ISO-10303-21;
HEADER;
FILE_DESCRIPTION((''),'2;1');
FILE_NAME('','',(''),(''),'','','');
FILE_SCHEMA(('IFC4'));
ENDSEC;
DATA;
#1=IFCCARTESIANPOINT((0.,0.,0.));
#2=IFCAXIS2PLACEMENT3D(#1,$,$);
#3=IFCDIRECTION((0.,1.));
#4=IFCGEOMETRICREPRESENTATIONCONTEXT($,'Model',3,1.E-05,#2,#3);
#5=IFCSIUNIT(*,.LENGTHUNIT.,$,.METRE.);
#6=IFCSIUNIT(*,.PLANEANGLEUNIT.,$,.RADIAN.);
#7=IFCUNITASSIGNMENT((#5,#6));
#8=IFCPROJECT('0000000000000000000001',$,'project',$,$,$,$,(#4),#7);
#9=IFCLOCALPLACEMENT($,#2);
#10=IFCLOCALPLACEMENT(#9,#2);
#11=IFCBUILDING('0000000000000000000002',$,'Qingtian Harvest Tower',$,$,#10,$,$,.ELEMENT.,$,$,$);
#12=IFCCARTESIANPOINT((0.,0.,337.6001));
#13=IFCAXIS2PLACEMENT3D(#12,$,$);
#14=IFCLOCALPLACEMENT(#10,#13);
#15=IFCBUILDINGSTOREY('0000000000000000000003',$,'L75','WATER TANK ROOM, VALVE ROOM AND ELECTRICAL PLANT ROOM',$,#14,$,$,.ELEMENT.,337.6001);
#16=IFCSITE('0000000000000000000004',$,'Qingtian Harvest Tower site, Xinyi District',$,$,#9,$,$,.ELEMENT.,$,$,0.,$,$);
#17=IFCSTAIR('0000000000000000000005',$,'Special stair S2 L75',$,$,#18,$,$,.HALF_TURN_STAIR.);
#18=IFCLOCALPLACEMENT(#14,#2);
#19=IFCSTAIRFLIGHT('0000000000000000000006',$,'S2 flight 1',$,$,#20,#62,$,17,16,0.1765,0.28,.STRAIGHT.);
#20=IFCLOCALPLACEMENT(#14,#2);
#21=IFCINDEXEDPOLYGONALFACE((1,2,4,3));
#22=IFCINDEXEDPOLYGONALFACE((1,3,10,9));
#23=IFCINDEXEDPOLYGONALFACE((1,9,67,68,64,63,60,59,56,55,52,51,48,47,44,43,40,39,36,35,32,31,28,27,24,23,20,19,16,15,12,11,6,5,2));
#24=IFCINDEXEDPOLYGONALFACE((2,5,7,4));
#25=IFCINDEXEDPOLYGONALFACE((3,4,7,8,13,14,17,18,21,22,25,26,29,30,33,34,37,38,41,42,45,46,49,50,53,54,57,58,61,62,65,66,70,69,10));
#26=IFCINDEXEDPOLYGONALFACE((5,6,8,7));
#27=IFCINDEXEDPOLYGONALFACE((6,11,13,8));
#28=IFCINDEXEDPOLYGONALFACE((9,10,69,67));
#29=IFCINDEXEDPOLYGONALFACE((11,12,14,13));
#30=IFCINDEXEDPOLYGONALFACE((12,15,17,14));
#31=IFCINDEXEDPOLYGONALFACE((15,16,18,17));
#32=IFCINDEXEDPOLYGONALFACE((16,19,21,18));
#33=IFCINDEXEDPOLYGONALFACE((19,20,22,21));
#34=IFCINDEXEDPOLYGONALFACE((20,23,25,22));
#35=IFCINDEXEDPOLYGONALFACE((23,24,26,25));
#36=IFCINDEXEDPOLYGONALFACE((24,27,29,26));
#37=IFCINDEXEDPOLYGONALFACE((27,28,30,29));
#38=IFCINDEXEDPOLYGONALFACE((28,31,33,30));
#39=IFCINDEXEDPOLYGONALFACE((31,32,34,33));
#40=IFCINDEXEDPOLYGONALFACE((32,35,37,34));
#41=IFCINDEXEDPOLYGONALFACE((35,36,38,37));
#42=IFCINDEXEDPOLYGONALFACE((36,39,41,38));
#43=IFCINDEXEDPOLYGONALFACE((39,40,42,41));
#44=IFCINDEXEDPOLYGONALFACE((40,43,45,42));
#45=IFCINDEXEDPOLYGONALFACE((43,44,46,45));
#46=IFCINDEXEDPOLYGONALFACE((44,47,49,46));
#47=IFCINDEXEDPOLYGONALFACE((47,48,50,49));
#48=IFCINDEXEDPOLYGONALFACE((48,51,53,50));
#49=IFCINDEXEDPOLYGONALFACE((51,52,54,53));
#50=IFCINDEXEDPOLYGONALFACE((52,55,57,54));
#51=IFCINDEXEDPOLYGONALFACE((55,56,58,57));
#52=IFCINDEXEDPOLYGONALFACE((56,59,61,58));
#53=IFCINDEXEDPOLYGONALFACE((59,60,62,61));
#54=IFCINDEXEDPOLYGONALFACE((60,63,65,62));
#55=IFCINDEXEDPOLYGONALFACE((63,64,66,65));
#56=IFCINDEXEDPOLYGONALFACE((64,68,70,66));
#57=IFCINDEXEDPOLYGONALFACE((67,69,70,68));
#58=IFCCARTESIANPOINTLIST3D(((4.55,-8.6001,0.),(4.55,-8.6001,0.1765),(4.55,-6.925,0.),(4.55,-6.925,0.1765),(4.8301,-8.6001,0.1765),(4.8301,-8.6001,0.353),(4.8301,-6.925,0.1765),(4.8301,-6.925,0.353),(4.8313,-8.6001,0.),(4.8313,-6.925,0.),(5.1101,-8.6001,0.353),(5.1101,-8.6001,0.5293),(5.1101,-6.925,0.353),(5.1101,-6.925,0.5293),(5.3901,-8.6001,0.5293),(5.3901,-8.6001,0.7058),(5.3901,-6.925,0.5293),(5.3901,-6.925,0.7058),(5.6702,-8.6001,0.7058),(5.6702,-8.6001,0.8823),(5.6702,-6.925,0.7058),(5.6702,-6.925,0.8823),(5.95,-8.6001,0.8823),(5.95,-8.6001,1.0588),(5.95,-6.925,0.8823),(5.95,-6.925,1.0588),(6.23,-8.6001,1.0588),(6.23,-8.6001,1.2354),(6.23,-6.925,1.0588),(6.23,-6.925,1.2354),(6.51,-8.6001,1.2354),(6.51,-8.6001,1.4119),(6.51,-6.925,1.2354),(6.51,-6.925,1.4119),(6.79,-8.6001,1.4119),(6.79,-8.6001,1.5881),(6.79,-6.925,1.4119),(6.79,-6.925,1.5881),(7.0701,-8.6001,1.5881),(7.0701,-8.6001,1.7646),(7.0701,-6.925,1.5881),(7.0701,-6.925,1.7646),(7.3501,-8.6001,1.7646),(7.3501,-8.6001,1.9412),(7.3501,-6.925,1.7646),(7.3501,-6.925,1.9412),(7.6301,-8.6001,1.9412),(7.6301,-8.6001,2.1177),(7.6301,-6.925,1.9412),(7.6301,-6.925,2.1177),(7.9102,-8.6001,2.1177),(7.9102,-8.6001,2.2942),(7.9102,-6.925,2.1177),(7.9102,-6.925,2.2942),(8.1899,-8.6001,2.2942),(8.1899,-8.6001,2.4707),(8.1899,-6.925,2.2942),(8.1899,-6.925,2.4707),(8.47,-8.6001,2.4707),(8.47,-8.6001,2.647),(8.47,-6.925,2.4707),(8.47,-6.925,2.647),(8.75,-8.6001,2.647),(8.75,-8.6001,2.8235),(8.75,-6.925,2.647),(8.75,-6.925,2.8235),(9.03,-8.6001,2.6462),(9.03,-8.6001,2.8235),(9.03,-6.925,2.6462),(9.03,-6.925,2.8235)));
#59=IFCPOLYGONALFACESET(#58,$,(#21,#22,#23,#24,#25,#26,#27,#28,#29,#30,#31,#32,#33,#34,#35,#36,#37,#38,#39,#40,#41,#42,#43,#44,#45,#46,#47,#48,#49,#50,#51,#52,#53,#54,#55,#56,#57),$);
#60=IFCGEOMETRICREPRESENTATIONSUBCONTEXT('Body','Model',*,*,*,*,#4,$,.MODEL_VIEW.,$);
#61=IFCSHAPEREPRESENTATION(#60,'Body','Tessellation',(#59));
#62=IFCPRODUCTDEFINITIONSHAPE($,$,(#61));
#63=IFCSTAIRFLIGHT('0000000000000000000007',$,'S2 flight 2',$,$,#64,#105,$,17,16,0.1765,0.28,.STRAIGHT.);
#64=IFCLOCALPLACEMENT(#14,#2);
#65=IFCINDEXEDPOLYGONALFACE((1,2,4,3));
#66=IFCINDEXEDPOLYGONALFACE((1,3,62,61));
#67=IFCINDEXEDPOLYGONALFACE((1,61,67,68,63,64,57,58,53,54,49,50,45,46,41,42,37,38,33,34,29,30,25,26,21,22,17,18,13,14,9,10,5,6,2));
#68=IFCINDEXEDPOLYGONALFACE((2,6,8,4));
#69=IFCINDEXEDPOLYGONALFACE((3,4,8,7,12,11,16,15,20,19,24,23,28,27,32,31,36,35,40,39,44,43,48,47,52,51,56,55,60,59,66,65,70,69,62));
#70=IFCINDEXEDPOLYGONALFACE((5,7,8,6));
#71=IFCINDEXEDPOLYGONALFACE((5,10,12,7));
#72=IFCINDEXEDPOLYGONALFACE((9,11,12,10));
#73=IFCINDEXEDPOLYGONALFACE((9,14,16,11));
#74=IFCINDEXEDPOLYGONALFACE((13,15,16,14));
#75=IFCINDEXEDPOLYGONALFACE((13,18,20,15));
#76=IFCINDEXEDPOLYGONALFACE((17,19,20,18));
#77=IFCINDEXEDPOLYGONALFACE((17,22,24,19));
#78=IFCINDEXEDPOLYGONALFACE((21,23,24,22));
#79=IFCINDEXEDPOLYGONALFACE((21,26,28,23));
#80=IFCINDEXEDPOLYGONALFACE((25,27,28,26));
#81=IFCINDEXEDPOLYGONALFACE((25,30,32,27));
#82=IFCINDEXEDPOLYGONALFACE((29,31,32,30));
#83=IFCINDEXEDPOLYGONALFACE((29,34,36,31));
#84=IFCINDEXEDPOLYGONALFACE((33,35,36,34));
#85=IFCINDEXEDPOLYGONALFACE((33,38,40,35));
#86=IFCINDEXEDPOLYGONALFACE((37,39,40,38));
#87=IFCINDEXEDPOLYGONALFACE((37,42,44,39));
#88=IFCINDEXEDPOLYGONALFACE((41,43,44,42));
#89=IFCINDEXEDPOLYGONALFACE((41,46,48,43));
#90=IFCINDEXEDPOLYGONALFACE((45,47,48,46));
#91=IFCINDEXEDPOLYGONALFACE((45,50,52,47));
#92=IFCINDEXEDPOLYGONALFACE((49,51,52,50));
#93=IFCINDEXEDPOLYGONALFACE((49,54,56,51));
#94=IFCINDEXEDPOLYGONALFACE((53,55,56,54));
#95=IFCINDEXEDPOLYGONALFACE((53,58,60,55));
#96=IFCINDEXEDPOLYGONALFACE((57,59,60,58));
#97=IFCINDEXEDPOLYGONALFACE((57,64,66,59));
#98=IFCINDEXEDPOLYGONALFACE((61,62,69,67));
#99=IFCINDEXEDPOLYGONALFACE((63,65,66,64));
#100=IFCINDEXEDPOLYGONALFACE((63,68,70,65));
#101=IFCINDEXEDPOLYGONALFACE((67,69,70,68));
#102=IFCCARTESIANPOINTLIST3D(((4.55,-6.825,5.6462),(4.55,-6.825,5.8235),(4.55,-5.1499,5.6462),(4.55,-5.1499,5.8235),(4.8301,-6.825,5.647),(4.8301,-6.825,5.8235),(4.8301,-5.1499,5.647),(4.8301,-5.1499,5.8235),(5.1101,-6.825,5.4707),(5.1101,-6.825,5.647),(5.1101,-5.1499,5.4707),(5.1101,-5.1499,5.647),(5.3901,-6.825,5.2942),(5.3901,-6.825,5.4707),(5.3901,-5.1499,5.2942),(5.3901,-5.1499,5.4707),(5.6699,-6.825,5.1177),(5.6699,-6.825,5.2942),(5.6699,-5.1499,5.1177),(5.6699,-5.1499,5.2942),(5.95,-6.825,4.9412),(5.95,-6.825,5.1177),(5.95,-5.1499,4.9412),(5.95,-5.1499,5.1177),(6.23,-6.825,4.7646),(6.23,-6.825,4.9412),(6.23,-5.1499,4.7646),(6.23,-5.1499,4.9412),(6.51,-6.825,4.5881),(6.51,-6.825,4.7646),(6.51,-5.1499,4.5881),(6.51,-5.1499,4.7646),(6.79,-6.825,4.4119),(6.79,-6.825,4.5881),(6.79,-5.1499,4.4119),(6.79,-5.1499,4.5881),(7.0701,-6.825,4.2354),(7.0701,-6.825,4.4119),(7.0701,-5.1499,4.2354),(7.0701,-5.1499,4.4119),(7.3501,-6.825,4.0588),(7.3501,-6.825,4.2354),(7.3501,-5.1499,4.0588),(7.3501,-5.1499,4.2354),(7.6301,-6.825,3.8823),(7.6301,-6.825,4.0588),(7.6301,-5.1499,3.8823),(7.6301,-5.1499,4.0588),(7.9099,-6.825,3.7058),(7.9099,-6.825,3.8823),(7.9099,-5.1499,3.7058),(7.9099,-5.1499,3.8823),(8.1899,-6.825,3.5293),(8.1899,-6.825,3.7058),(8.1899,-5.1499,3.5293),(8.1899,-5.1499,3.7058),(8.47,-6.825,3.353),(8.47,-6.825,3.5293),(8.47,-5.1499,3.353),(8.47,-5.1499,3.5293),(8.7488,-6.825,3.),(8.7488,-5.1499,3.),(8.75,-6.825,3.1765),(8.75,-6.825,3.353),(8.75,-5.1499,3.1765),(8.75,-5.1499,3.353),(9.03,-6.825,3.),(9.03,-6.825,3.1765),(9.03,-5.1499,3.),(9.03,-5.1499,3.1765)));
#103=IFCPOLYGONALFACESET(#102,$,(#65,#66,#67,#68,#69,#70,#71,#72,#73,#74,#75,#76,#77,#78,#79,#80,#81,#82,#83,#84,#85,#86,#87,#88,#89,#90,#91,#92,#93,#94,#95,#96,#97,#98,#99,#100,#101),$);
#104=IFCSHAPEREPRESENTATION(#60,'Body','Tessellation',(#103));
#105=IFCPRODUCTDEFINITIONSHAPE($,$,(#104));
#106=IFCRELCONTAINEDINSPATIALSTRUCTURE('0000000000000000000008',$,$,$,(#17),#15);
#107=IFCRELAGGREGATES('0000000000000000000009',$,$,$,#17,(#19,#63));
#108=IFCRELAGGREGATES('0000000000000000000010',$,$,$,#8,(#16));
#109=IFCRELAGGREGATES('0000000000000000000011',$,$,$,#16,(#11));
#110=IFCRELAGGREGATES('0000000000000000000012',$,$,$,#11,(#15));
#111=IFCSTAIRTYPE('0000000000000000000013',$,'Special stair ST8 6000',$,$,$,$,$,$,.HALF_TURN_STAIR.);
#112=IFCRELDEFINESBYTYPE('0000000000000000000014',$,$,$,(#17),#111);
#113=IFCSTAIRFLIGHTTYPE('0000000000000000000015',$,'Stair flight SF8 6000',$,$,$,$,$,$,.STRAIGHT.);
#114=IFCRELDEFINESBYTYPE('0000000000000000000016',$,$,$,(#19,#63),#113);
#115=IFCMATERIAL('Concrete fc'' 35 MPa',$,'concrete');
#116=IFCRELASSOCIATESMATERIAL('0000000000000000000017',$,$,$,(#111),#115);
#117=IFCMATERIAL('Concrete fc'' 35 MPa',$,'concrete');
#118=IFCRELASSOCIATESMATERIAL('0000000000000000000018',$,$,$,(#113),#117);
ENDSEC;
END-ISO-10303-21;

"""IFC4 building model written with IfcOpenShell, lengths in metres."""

from ifc_helpers import new_model, si_unit, direction, frame, origin, place, context, subcontext, project, spatial, polyline, outline, extrude, material, type_object, element, aggregate, save


model = new_model("IFC4")

# Units and contexts
model_context = context("Model", 3, precision=1e-05, world=origin(), true_north=direction((0.0, 1.0)))
body_context = subcontext(model_context, "Body", "Model", "MODEL_VIEW")
ifc_project = project(units=[si_unit("LENGTHUNIT", "METRE"), si_unit("PLANEANGLEUNIT", "RADIAN")], contexts=[model_context])

# Site, building, storey
site_placement = place(None, origin())
site = spatial("IfcSite", under=ifc_project, at=site_placement, Name="Qingtian Harvest Tower site, Xinyi District", CompositionType="ELEMENT", RefElevation=0.0)
building_placement = place(site_placement, origin())
building = spatial("IfcBuilding", under=site, at=building_placement, Name="Qingtian Harvest Tower", CompositionType="ELEMENT")
storey_placement = place(building_placement, frame((0.0, 0.0, 337.6001)))
storey = spatial("IfcBuildingStorey", under=building, at=storey_placement, Name="L75", Description="WATER TANK ROOM, VALVE ROOM AND ELECTRICAL PLANT ROOM", CompositionType="ELEMENT", Elevation=337.6001)

# Stair, stair flights
ifc_material_1 = material(Name="Concrete fc' 35 MPa", Category="concrete")
stair_type = type_object("IfcStairType", Name="Special stair ST8 6000", PredefinedType="HALF_TURN_STAIR", material=ifc_material_1)
stair_placement = place(storey_placement, origin())
stair = element("IfcStair", 1, at=stair_placement, inside=storey, type_object=stair_type, Name="Special stair S2 L75", PredefinedType="HALF_TURN_STAIR")
ifc_material_2 = material(Name="Concrete fc' 35 MPa", Category="concrete")
stair_flight_type = type_object("IfcStairFlightType", Name="Stair flight SF8 6000", PredefinedType="STRAIGHT", material=ifc_material_2)
stair_flight_1_placement = place(storey_placement, frame((4.55, -7.7625, 0.0), z_axis=(0.0, 0.0, 1.0), x_axis=(1.0, 0.0, 0.0)))
stair_flight_1 = element("IfcStairFlight", 2, at=stair_flight_1_placement, type_object=stair_flight_type, Name="S2 flight 1", NumberOfRisers=17, NumberOfTreads=16, PredefinedType="STRAIGHT", RiserHeight=0.1765, TreadLength=0.28, context=body_context, shape_type="SweptSolid", body=[
    extrude(outline(polyline([(0.0, 0.0), (0.0, 0.1765), (0.28, 0.1765), (0.28, 0.353), (0.5601, 0.353), (0.5601, 0.5293), (0.8401, 0.5293), (0.8401, 0.7058), (1.1201, 0.7058), (1.1201, 0.8823), (1.3999, 0.8823), (1.3999, 1.0588), (1.6799, 1.0588), (1.6799, 1.2354), (1.96, 1.2354), (1.96, 1.4119), (2.24, 1.4119), (2.24, 1.5881), (2.52, 1.5881), (2.52, 1.7646), (2.8, 1.7646), (2.8, 1.9412), (3.0801, 1.9412), (3.0801, 2.1177), (3.3601, 2.1177), (3.3601, 2.2942), (3.6399, 2.2942), (3.6399, 2.4707), (3.9199, 2.4707), (3.9199, 2.647), (4.2, 2.647), (4.2, 2.8235), (4.48, 2.8235), (4.48, 3.0), (4.48, 2.6462), (0.2812, 0.0), (0.0, 0.0)])), frame((0.0, 0.8374, 0.0), z_axis=(0.0, -1.0, 0.0), x_axis=(1.0, 0.0, 0.0)), (0.0, 0.0, 1.0), 1.675),
])
stair_flight_2_placement = place(storey_placement, frame((9.03, -5.9875, 3.0), z_axis=(0.0, 0.0, 1.0), x_axis=(-1.0, 0.0, 0.0)))
stair_flight_2 = element("IfcStairFlight", 3, at=stair_flight_2_placement, type_object=stair_flight_type, Name="S2 flight 2", NumberOfRisers=17, NumberOfTreads=16, PredefinedType="STRAIGHT", RiserHeight=0.1765, TreadLength=0.28, context=body_context, shape_type="SweptSolid", body=[
    extrude(outline(polyline([(0.0, 0.0), (0.0, 0.1765), (0.28, 0.1765), (0.28, 0.353), (0.5601, 0.353), (0.5601, 0.5293), (0.8401, 0.5293), (0.8401, 0.7058), (1.1201, 0.7058), (1.1201, 0.8823), (1.3999, 0.8823), (1.3999, 1.0588), (1.6799, 1.0588), (1.6799, 1.2354), (1.96, 1.2354), (1.96, 1.4119), (2.24, 1.4119), (2.24, 1.5881), (2.52, 1.5881), (2.52, 1.7646), (2.8, 1.7646), (2.8, 1.9412), (3.0801, 1.9412), (3.0801, 2.1177), (3.3601, 2.1177), (3.3601, 2.2942), (3.6399, 2.2942), (3.6399, 2.4707), (3.9199, 2.4707), (3.9199, 2.647), (4.2, 2.647), (4.2, 2.8235), (4.48, 2.8235), (4.48, 3.0), (4.48, 2.6462), (0.2812, 0.0), (0.0, 0.0)])), frame((0.0, 0.8374, 0.0), z_axis=(0.0, -1.0, 0.0), x_axis=(1.0, 0.0, 0.0)), (0.0, 0.0, 1.0), 1.675),
])
aggregate(stair, [stair_flight_1, stair_flight_2])

save(model, "model.ifc")
